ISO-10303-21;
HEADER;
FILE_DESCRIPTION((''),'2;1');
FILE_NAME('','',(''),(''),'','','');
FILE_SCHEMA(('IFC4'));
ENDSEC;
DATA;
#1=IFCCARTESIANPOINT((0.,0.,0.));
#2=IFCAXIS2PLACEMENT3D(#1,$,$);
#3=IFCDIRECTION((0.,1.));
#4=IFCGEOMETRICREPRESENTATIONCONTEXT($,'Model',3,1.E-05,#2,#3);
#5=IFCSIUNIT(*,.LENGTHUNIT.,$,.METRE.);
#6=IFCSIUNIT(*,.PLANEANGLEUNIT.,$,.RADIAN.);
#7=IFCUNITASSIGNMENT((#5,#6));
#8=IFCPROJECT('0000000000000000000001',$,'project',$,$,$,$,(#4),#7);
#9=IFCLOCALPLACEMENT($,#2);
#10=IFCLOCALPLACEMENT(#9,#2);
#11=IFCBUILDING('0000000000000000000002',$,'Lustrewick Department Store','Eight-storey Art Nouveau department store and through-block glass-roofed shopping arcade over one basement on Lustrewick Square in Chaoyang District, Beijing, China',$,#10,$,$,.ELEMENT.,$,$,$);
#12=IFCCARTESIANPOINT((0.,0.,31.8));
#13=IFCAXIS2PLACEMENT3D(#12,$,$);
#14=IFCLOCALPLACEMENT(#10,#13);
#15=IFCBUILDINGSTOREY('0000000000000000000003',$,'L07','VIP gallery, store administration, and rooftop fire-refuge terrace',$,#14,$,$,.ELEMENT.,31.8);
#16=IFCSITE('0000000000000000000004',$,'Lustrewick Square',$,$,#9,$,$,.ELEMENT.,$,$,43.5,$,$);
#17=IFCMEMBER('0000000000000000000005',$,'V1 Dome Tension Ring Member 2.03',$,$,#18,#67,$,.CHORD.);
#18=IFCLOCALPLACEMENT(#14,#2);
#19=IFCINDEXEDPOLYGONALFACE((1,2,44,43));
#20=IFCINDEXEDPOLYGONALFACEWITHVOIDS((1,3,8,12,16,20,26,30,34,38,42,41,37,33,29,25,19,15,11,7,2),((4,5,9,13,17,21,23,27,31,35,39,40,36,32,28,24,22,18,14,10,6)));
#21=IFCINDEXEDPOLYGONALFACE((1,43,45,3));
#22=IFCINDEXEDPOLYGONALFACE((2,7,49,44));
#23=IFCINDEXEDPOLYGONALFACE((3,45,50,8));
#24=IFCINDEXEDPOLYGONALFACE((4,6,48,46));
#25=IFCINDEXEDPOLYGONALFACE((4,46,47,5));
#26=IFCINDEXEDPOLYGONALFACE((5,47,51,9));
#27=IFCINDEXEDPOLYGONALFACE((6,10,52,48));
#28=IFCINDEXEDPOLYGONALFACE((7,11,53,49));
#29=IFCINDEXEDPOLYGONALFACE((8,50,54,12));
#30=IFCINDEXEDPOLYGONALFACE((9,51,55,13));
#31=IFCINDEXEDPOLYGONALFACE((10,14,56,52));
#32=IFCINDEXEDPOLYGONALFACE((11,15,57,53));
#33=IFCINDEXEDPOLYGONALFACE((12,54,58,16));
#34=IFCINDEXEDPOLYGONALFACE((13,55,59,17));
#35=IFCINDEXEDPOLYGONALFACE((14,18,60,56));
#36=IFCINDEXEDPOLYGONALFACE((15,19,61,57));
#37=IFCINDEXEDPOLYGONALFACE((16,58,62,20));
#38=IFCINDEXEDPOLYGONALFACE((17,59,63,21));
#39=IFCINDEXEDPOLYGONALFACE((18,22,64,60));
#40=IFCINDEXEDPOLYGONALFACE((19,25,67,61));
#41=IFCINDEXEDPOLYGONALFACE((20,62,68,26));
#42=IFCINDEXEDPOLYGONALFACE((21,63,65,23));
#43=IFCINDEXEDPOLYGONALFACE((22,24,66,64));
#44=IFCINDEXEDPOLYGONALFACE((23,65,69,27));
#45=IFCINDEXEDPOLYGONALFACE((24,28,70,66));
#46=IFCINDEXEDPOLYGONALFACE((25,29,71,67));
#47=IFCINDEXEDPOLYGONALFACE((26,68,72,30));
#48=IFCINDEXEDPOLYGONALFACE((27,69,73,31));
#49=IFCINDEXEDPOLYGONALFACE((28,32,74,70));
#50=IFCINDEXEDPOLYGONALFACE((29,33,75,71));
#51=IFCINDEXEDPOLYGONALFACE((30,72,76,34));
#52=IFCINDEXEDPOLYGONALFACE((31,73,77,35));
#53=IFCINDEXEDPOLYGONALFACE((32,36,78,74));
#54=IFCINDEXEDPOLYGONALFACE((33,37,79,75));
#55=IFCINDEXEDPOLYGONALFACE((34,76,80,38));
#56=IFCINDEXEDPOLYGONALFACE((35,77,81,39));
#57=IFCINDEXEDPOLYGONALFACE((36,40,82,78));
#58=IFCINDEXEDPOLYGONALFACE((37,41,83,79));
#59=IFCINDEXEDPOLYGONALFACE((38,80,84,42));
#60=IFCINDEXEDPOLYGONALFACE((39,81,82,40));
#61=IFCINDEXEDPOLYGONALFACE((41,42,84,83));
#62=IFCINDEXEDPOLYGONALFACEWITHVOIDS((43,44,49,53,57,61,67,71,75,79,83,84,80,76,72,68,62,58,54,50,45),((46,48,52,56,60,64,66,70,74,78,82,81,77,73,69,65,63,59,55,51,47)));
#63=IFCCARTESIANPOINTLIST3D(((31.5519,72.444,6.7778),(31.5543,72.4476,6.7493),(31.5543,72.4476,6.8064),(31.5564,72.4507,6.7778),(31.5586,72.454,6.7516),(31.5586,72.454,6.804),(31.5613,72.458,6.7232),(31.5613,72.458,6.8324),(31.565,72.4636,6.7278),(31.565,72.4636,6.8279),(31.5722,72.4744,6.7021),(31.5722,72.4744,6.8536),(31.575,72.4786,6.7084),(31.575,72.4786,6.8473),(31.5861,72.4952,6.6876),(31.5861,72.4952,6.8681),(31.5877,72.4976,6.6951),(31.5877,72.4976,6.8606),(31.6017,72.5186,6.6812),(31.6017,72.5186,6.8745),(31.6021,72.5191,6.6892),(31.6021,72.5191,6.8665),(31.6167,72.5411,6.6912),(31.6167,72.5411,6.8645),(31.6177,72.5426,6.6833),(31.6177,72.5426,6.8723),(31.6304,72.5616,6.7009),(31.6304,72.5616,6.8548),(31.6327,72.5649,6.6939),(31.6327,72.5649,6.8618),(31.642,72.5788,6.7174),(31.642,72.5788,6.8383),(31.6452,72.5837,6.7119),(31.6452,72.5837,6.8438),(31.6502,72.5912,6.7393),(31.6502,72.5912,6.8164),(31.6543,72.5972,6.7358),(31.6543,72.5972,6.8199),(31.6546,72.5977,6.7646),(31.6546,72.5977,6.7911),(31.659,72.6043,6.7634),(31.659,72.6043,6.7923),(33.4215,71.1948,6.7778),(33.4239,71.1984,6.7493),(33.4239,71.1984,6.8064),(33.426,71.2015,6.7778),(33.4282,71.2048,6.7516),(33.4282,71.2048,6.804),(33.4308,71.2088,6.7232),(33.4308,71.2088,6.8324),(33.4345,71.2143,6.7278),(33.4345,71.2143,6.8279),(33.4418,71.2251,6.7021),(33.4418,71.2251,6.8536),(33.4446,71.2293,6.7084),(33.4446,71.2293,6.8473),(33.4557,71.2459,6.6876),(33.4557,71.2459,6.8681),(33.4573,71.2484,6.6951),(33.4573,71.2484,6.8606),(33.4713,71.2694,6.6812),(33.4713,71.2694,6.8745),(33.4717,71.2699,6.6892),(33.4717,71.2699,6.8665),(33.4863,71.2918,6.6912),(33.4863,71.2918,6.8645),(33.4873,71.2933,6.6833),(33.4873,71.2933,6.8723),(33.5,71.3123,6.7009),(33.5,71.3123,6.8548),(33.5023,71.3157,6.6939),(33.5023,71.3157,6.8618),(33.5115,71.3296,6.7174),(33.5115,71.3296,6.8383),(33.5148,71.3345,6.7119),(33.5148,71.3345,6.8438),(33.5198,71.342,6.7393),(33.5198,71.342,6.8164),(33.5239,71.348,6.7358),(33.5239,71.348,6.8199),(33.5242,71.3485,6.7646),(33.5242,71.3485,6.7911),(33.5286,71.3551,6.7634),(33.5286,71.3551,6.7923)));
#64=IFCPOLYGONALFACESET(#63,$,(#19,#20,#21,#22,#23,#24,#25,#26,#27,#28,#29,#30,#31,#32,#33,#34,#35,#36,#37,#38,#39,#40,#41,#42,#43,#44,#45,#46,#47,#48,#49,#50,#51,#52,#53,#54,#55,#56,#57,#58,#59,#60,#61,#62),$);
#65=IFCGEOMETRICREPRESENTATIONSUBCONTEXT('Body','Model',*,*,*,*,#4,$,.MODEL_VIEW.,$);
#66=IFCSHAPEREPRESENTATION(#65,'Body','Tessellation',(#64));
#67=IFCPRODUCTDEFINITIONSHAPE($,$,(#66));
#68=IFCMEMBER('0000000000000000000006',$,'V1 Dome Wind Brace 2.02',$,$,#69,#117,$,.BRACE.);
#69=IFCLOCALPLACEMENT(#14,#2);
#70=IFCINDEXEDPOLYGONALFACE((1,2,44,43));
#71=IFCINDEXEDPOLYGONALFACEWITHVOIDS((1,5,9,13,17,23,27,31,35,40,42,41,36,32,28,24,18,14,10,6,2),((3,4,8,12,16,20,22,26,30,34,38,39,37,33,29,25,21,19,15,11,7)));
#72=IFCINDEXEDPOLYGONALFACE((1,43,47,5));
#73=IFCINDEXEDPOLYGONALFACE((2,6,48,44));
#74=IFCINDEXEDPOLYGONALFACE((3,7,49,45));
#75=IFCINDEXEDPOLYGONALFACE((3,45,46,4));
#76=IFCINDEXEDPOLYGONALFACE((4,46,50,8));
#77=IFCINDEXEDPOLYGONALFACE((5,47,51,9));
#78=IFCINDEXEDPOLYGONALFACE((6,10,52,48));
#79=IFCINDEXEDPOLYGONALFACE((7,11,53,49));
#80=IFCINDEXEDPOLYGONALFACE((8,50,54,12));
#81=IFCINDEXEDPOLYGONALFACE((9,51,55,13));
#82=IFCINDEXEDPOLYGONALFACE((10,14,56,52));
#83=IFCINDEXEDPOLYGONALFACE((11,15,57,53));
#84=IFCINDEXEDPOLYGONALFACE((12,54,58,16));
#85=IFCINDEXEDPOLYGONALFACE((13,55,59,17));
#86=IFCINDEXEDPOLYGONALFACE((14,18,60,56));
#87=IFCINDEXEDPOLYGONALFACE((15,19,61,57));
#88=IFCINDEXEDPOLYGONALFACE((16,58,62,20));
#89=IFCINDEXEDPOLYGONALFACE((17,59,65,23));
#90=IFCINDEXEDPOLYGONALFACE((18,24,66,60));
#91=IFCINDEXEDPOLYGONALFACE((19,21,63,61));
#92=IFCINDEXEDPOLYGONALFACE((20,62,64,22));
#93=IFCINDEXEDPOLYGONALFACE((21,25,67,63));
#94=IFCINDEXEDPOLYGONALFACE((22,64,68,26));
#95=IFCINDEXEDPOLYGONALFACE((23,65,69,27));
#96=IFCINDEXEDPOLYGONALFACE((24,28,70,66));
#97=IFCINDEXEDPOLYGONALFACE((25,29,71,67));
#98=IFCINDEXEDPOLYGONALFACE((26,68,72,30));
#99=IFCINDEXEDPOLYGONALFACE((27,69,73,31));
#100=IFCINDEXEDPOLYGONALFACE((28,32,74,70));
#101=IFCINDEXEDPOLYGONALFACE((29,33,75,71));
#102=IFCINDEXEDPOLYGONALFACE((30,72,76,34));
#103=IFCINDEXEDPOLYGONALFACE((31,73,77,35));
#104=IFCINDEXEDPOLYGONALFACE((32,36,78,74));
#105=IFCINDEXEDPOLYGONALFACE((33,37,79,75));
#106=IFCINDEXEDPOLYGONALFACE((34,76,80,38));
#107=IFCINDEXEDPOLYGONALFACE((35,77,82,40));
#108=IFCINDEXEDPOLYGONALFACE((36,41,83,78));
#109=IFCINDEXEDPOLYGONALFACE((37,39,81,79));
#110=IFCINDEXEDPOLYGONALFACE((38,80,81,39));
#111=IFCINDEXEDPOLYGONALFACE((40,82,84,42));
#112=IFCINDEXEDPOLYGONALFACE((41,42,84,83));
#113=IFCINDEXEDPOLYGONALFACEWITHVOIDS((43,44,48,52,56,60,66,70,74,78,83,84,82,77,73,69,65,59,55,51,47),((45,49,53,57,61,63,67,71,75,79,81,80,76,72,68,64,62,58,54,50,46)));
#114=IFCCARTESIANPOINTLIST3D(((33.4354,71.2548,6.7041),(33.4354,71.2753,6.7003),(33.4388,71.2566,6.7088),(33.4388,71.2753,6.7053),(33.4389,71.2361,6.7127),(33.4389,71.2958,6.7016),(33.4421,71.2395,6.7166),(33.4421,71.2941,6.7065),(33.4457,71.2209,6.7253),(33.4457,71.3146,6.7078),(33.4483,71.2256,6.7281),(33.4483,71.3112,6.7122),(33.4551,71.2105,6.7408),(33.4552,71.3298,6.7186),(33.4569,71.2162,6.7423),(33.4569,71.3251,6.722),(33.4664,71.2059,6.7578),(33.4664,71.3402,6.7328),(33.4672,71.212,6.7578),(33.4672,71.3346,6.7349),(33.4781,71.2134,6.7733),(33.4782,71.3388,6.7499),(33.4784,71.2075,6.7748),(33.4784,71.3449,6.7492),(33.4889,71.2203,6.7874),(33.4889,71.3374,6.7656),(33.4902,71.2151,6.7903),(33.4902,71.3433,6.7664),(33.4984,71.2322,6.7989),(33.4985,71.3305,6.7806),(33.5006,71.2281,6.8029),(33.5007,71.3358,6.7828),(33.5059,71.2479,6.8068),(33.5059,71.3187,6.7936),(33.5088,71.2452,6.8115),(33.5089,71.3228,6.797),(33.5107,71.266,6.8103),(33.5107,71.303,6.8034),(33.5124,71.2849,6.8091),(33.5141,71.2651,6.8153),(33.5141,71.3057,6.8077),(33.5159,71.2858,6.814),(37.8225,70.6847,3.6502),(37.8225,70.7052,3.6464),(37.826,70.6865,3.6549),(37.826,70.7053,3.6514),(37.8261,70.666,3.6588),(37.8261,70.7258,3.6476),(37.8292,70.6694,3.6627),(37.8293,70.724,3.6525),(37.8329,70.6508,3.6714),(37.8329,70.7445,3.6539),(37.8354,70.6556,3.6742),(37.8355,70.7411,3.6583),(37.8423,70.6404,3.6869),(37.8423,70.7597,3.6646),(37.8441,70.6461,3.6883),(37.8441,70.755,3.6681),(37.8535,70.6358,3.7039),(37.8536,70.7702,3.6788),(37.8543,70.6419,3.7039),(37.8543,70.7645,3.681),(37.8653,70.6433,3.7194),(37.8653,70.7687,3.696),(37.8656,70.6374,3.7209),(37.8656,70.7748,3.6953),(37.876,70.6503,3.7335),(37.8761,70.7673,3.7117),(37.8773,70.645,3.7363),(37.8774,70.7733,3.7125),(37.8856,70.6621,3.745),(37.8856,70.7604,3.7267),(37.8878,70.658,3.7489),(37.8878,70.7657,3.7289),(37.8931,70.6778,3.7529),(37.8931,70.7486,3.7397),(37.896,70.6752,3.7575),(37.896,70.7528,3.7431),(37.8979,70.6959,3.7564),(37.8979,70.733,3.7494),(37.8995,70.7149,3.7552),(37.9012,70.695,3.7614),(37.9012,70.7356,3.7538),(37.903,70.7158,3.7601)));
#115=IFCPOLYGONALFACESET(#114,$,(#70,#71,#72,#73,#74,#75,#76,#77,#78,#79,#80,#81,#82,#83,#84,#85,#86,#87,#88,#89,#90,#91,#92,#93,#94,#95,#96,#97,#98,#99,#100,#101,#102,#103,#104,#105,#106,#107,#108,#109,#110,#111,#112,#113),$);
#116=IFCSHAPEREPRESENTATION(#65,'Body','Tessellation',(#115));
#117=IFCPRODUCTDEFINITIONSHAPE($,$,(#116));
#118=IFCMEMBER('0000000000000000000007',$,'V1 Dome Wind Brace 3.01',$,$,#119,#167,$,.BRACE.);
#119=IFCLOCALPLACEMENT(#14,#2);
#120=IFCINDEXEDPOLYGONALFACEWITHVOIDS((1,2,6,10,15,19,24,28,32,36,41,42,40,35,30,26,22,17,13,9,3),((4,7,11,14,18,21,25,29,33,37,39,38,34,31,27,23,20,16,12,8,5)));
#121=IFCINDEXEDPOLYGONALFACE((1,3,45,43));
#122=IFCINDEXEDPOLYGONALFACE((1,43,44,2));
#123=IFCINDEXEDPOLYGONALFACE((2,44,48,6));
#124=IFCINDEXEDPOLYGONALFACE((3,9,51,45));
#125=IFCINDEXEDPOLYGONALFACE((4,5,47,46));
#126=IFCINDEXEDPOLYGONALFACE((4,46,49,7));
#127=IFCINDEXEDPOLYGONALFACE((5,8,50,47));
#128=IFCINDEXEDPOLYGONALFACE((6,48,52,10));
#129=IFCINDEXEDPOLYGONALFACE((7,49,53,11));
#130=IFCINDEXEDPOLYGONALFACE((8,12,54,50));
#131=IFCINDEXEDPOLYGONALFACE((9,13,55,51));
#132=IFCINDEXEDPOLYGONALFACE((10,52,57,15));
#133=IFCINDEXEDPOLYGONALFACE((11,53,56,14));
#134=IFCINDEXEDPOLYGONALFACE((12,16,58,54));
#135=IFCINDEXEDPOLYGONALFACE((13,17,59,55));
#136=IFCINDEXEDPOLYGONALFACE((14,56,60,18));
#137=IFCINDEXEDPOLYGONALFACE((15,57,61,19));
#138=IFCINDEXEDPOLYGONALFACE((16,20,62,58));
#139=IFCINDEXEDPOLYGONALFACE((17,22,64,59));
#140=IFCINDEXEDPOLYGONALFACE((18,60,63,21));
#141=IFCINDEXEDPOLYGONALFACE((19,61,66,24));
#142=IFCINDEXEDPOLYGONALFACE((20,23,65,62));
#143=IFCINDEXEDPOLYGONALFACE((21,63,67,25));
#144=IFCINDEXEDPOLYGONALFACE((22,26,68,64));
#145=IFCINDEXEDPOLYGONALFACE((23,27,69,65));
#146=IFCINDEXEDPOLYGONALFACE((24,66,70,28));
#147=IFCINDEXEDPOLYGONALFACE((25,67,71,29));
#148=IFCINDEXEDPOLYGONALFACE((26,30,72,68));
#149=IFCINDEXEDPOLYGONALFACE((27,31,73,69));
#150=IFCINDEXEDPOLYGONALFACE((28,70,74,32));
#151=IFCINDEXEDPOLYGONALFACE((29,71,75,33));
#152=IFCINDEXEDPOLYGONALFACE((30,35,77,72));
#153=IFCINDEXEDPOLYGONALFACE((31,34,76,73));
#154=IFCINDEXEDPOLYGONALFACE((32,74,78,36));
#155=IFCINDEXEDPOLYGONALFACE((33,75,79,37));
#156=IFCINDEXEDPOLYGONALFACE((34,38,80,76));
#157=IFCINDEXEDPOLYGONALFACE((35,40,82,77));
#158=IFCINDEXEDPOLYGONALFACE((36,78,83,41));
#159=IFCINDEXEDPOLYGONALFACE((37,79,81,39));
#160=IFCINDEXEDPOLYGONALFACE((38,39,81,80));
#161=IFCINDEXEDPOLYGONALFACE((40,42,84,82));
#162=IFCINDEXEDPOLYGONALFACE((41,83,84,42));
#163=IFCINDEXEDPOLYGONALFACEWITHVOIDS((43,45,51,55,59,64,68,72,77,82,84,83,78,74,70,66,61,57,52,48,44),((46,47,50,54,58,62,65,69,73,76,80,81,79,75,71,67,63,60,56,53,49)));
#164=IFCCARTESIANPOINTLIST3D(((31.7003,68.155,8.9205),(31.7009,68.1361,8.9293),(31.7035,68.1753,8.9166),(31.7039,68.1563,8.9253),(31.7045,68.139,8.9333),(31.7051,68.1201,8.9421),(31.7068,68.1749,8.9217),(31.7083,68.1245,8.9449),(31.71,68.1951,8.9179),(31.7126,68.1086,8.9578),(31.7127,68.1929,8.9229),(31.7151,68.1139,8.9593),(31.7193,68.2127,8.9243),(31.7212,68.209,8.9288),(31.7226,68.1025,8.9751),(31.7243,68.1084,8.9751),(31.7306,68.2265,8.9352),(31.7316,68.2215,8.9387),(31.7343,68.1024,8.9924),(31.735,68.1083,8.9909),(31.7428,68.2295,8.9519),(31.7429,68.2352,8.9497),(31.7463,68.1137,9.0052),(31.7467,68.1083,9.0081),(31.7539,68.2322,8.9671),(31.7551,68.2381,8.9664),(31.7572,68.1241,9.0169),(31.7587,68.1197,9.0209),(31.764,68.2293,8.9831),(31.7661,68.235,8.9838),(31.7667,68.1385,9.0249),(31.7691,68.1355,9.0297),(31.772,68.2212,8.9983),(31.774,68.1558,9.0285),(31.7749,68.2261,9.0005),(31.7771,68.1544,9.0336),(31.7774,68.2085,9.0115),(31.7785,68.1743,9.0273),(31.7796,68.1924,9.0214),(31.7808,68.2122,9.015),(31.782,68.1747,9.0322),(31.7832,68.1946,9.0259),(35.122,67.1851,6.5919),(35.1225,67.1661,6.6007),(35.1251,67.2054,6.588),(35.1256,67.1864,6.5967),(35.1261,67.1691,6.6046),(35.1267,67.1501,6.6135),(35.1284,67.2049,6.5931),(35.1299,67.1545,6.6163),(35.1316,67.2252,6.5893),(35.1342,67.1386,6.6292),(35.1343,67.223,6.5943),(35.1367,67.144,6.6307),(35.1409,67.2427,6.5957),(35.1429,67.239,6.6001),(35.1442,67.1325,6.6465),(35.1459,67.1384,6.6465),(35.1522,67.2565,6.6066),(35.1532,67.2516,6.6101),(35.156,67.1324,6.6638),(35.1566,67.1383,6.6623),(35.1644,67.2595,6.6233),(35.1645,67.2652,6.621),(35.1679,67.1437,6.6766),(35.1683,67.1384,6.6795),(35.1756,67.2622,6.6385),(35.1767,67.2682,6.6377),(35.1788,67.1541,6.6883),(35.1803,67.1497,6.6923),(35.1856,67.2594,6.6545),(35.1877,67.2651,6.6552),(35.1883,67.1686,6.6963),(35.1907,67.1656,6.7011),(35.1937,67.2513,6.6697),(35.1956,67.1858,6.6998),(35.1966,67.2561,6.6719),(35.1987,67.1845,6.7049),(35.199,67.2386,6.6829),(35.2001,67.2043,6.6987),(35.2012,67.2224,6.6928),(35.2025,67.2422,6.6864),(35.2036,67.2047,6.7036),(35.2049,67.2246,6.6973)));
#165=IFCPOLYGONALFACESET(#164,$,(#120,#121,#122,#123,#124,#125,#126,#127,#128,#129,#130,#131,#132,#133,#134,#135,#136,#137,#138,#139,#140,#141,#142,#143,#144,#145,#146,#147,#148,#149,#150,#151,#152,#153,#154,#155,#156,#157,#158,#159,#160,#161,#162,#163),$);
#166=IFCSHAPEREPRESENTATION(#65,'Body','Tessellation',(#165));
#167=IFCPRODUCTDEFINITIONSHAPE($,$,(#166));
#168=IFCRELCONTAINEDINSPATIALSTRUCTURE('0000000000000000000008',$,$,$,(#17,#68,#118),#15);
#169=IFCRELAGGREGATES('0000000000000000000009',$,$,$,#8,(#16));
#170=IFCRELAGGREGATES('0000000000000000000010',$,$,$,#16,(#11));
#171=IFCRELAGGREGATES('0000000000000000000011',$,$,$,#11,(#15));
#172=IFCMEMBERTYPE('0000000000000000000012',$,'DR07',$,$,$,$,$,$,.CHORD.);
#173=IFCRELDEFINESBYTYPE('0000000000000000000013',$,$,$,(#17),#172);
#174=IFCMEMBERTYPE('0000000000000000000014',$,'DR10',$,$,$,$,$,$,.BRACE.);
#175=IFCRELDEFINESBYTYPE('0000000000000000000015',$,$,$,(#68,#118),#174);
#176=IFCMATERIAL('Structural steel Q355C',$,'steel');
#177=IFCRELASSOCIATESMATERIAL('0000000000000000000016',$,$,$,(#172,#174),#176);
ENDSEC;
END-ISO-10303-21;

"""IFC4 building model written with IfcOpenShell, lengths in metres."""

from ifc_helpers import new_model, si_unit, direction, frame, origin, origin_2d, place, context, subcontext, project, spatial, hollow_circle, extrude, material, material_profile, profile_set, type_object, element, save


model = new_model("IFC4")

# Units and contexts
model_context = context("Model", 3, precision=1e-05, world=origin(), true_north=direction((0.0, 1.0)))
body_context = subcontext(model_context, "Body", "Model", "MODEL_VIEW")
ifc_project = project(units=[si_unit("LENGTHUNIT", "METRE"), si_unit("PLANEANGLEUNIT", "RADIAN")], contexts=[model_context])

# Site, building, storey
site_placement = place(None, origin())
site = spatial("IfcSite", under=ifc_project, at=site_placement, Name="Lustrewick Square", CompositionType="ELEMENT", RefElevation=43.5)
building_placement = place(site_placement, origin())
building = spatial("IfcBuilding", under=site, at=building_placement, Name="Lustrewick Department Store", Description="Eight-storey Art Nouveau department store and through-block glass-roofed shopping arcade over one basement on Lustrewick Square in Chaoyang District, Beijing, China", CompositionType="ELEMENT")
storey_placement = place(building_placement, frame((0.0, 0.0, 31.8)))
storey = spatial("IfcBuildingStorey", under=building, at=storey_placement, Name="L07", Description="VIP gallery, store administration, and rooftop fire-refuge terrace", CompositionType="ELEMENT", Elevation=31.8)

# Members
ifc_material_1 = material(Name="Structural steel Q355C", Category="steel")
ifc_material_profile_1 = material_profile(ifc_material_1, hollow_circle(Radius=0.0969, WallThickness=0.0081, at=origin_2d()), Name="CHS 194x8")
ifc_profile_set_1 = profile_set([ifc_material_profile_1], Name="Structural steel Q355C")
member_type_1 = type_object("IfcMemberType", Name="DR07", PredefinedType="CHORD", material=ifc_profile_set_1)
member_1_placement = place(storey_placement, frame((33.4753, 71.2754, 6.7778), z_axis=(-0.831465, 0.555577, 0.0), x_axis=(-0.555577, -0.831465, 0.0)))
element("IfcMember", 1, at=member_1_placement, inside=storey, type_object=member_type_1, Name="V1 Dome Tension Ring Member 2.03", PredefinedType="CHORD", context=body_context, shape_type="SweptSolid", body=[
    extrude(hollow_circle(Radius=0.0969, WallThickness=0.0081, at=origin_2d()), origin(), (0.0, 0.0, 1.0), 2.2485),
])
ifc_material_profile_2 = material_profile(ifc_material_1, hollow_circle(Radius=0.0701, WallThickness=0.0061, at=origin_2d()), Name="CHS 140x6")
ifc_profile_set_2 = profile_set([ifc_material_profile_2], Name="Structural steel Q355C")
member_type_2 = type_object("IfcMemberType", Name="DR10", PredefinedType="BRACE", material=ifc_profile_set_2)
member_2_placement = place(storey_placement, frame((37.8625, 70.7053, 3.7039), z_axis=(-0.816103, 0.106043, 0.568093), x_axis=(-0.128856, -0.991663, 0.0)))
element("IfcMember", 2, at=member_2_placement, inside=storey, type_object=member_type_2, Name="V1 Dome Wind Brace 2.02", PredefinedType="BRACE", context=body_context, shape_type="SweptSolid", body=[
    extrude(hollow_circle(Radius=0.0701, WallThickness=0.0061, at=origin_2d()), origin(), (0.0, 0.0, 1.0), 5.3757),
])
for number, where, z_axis, x_axis, name in (
    (3, (35.1633, 67.2, 6.6465), (-0.804904, 0.228176, 0.547783), (-0.272735, -0.962089, 0.0), "V1 Dome Wind Brace 3.01"),
):
    element("IfcMember", number, at=place(storey_placement, frame(where, z_axis=z_axis, x_axis=x_axis)), inside=storey, type_object=member_type_2, Name=name, PredefinedType="BRACE", context=body_context, shape_type="SweptSolid", body=[
        extrude(hollow_circle(Radius=0.0701, WallThickness=0.0061, at=origin_2d()), origin(), (0.0, 0.0, 1.0), 4.251),
    ])

save(model, "model.ifc")
